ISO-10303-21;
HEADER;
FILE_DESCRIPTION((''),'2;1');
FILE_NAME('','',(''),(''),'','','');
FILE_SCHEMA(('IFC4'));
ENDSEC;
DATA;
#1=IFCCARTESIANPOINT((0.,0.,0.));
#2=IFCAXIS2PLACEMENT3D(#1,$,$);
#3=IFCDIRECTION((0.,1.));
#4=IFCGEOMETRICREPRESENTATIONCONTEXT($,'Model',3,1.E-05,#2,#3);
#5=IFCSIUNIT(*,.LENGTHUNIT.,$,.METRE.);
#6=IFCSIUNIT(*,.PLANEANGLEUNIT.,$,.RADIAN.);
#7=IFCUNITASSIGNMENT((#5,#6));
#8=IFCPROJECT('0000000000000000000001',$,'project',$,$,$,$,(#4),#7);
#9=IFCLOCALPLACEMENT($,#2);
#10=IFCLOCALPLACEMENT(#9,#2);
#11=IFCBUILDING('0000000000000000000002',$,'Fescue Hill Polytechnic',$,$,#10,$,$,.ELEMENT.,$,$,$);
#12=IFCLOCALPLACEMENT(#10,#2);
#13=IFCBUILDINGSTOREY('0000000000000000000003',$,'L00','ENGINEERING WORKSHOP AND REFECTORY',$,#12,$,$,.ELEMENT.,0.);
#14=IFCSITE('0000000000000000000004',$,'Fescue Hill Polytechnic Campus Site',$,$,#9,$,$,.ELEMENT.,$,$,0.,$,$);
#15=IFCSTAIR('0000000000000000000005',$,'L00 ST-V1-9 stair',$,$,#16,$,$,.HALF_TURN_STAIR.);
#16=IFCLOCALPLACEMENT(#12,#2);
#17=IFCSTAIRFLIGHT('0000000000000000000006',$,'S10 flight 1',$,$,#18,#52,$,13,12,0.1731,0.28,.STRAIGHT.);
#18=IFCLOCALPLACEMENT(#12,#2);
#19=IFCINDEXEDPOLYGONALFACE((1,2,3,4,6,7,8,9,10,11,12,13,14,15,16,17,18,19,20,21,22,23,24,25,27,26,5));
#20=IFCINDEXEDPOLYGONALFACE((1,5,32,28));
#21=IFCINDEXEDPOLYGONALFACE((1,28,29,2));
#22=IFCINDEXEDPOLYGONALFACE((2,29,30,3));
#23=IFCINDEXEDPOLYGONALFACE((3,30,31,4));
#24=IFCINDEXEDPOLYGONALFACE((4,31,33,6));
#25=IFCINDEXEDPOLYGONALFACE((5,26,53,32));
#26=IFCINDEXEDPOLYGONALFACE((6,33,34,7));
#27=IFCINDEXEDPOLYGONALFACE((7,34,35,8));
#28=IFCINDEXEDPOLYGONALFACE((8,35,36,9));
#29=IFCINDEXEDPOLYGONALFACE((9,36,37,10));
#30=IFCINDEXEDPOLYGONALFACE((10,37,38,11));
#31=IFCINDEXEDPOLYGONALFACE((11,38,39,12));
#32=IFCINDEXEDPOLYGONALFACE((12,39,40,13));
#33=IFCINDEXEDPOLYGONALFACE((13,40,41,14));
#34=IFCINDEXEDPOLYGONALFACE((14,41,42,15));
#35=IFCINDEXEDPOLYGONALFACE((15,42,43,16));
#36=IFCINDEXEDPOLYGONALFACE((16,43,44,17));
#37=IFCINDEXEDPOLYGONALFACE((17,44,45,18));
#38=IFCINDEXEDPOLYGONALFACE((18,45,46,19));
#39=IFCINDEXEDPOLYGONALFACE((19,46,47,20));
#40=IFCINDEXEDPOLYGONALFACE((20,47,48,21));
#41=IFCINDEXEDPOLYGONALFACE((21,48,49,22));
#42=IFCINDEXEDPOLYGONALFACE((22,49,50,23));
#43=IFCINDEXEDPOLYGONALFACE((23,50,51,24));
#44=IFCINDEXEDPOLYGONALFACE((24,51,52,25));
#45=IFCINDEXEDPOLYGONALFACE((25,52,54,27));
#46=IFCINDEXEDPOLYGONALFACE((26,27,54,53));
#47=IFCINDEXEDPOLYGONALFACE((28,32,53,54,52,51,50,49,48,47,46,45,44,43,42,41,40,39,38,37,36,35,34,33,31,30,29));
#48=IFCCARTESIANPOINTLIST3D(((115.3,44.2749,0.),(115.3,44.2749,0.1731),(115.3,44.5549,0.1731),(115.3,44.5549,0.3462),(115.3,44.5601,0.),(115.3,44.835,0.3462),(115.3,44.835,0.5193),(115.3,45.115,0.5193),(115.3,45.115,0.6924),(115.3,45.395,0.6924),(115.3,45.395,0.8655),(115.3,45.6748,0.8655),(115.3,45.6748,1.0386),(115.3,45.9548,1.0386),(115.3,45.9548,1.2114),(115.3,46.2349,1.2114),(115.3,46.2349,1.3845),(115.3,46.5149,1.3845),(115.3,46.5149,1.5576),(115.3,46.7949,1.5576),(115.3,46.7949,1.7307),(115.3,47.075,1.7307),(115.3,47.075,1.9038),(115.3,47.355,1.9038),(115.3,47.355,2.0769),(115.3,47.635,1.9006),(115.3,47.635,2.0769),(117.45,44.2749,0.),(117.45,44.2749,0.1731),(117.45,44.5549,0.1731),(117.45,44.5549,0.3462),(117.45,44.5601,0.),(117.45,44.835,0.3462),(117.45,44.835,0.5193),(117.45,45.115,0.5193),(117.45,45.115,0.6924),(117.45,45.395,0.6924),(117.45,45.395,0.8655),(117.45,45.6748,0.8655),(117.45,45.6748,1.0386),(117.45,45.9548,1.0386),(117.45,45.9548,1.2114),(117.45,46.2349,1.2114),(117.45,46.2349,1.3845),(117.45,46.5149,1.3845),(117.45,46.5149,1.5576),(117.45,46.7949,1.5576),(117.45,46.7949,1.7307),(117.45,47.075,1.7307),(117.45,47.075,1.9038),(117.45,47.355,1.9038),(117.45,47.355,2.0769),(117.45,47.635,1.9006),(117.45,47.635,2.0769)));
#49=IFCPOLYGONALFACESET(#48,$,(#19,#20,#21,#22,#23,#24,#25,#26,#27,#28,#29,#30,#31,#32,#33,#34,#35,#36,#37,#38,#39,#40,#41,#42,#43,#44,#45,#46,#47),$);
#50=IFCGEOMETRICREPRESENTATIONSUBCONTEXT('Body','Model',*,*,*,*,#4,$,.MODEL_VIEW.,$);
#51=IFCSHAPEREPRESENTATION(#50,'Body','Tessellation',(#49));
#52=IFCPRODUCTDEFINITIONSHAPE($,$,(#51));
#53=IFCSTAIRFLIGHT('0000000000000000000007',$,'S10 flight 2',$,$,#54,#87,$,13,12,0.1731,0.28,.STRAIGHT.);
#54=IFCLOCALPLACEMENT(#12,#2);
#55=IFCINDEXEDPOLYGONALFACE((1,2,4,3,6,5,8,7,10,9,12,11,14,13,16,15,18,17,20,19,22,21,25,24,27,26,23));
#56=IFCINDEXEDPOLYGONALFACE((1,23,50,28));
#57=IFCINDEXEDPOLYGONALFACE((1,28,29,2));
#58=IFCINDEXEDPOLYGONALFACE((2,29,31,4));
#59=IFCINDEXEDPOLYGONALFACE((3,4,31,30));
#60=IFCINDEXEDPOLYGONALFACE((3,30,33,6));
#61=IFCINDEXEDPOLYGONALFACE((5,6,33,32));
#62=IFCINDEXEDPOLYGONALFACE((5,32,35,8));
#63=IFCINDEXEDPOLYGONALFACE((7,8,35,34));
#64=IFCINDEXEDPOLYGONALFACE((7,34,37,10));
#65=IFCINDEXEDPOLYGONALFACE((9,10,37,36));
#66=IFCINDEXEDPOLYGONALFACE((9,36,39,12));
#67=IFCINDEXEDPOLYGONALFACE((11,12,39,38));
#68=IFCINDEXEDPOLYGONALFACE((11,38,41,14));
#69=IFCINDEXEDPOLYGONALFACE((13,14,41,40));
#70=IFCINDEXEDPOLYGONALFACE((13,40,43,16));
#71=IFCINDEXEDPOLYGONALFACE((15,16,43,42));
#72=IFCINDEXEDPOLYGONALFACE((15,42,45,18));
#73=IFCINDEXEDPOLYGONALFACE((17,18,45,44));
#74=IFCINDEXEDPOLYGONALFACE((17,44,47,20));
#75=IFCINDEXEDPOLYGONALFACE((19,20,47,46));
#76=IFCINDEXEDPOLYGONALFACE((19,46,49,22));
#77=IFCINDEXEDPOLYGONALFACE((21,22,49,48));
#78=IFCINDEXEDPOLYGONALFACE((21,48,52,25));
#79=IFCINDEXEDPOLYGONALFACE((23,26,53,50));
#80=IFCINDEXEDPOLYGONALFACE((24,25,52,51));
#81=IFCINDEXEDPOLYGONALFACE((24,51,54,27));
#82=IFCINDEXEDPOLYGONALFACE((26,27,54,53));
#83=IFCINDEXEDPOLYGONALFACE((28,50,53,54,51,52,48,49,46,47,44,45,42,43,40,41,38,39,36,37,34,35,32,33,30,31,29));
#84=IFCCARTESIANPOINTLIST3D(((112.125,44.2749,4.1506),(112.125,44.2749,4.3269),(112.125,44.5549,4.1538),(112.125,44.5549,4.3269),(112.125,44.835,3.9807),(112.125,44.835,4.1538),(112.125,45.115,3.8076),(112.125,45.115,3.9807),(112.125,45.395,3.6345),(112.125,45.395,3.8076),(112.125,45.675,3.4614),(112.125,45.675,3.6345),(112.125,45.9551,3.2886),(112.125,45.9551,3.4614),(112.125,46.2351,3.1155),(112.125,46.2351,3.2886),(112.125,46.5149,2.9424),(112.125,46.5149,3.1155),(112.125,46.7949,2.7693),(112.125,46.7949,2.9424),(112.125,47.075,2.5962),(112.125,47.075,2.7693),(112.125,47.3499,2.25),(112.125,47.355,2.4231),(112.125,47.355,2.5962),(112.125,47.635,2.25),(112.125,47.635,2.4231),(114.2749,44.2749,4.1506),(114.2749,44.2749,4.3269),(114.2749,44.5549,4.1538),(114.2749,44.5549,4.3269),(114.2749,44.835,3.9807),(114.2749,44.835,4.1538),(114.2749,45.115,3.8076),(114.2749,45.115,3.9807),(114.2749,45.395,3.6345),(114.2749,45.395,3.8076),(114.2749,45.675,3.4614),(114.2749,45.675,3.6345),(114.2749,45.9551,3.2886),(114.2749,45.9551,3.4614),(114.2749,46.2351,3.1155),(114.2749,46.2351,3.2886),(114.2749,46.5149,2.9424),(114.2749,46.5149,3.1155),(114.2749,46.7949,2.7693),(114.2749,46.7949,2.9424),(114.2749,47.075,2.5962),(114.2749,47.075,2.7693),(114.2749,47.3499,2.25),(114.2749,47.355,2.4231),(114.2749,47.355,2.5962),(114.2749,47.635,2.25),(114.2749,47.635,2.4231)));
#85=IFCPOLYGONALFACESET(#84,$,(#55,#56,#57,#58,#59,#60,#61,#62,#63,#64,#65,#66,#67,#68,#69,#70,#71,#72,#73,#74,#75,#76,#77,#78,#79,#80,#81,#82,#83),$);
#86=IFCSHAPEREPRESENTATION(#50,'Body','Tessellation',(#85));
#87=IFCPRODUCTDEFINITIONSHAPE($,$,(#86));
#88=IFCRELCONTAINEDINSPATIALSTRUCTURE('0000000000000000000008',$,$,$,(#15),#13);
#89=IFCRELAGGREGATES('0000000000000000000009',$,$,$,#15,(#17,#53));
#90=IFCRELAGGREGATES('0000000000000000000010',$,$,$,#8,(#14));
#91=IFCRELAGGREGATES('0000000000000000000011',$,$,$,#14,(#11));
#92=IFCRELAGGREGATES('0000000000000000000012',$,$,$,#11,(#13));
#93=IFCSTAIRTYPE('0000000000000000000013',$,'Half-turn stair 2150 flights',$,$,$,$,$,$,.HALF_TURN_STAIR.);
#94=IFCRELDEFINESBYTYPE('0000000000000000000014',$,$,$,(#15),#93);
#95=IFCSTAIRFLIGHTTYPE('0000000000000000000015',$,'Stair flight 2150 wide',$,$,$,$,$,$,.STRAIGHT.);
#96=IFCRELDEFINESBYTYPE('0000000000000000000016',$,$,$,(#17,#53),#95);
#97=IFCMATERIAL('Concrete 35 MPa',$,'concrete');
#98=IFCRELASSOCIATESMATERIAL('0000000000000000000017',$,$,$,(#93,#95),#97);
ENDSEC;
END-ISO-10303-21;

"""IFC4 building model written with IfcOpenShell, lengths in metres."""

from ifc_helpers import new_model, si_unit, direction, frame, origin, place, context, subcontext, project, spatial, polyline, outline, extrude, material, type_object, element, aggregate, save


model = new_model("IFC4")

# Units and contexts
model_context = context("Model", 3, precision=1e-05, world=origin(), true_north=direction((0.0, 1.0)))
body_context = subcontext(model_context, "Body", "Model", "MODEL_VIEW")
ifc_project = project(units=[si_unit("LENGTHUNIT", "METRE"), si_unit("PLANEANGLEUNIT", "RADIAN")], contexts=[model_context])

# Site, building, storey
site_placement = place(None, origin())
site = spatial("IfcSite", under=ifc_project, at=site_placement, Name="Fescue Hill Polytechnic Campus Site", CompositionType="ELEMENT", RefElevation=0.0)
building_placement = place(site_placement, origin())
building = spatial("IfcBuilding", under=site, at=building_placement, Name="Fescue Hill Polytechnic", CompositionType="ELEMENT")
storey_placement = place(building_placement, origin())
storey = spatial("IfcBuildingStorey", under=building, at=storey_placement, Name="L00", Description="ENGINEERING WORKSHOP AND REFECTORY", CompositionType="ELEMENT", Elevation=0.0)

# Stair, stair flights
ifc_material_1 = material(Name="Concrete 35 MPa", Category="concrete")
stair_type = type_object("IfcStairType", Name="Half-turn stair 2150 flights", PredefinedType="HALF_TURN_STAIR", material=ifc_material_1)
stair_flight_type = type_object("IfcStairFlightType", Name="Stair flight 2150 wide", PredefinedType="STRAIGHT", material=ifc_material_1)
stair_1_placement = place(storey_placement, origin())
stair_1 = element("IfcStair", 1, at=stair_1_placement, inside=storey, type_object=stair_type, Name="L00 ST-V1-9 stair", PredefinedType="HALF_TURN_STAIR")
stair_flight_1_placement = place(storey_placement, frame((116.375, 44.2749, 0.0), z_axis=(0.0, 0.0, 1.0), x_axis=(0.0, 1.0, 0.0)))
stair_flight_1 = element("IfcStairFlight", 2, at=stair_flight_1_placement, type_object=stair_flight_type, Name="S10 flight 1", NumberOfRisers=13, NumberOfTreads=12, PredefinedType="STRAIGHT", RiserHeight=0.1731, TreadLength=0.28, context=body_context, shape_type="SweptSolid", body=[
    extrude(outline(polyline([(0.0, 0.0), (0.0, 0.1731), (0.28, 0.1731), (0.28, 0.3462), (0.5601, 0.3462), (0.5601, 0.5193), (0.8401, 0.5193), (0.8401, 0.6924), (1.1201, 0.6924), (1.1201, 0.8655), (1.3999, 0.8655), (1.3999, 1.0386), (1.6799, 1.0386), (1.6799, 1.2114), (1.96, 1.2114), (1.96, 1.3845), (2.24, 1.3845), (2.24, 1.5576), (2.52, 1.5576), (2.52, 1.7307), (2.8, 1.7307), (2.8, 1.9038), (3.0801, 1.9038), (3.0801, 2.0769), (3.3601, 2.0769), (3.3601, 2.25), (3.3601, 1.9006), (0.2852, 0.0), (0.0, 0.0)])), frame((0.0, 1.075, 0.0), z_axis=(0.0, -1.0, 0.0), x_axis=(1.0, 0.0, 0.0)), (0.0, 0.0, 1.0), 2.1499),
])
stair_flight_2_placement = place(storey_placement, frame((113.2, 47.635, 2.25), z_axis=(0.0, 0.0, 1.0), x_axis=(0.0, -1.0, 0.0)))
stair_flight_2 = element("IfcStairFlight", 3, at=stair_flight_2_placement, type_object=stair_flight_type, Name="S10 flight 2", NumberOfRisers=13, NumberOfTreads=12, PredefinedType="STRAIGHT", RiserHeight=0.1731, TreadLength=0.28, context=body_context, shape_type="SweptSolid", body=[
    extrude(outline(polyline([(0.0, 0.0), (0.0, 0.1731), (0.28, 0.1731), (0.28, 0.3462), (0.5601, 0.3462), (0.5601, 0.5193), (0.8401, 0.5193), (0.8401, 0.6924), (1.1201, 0.6924), (1.1201, 0.8655), (1.3999, 0.8655), (1.3999, 1.0386), (1.6799, 1.0386), (1.6799, 1.2114), (1.96, 1.2114), (1.96, 1.3845), (2.24, 1.3845), (2.24, 1.5576), (2.52, 1.5576), (2.52, 1.7307), (2.8, 1.7307), (2.8, 1.9038), (3.0801, 1.9038), (3.0801, 2.0769), (3.3601, 2.0769), (3.3601, 2.25), (3.3601, 1.9006), (0.2852, 0.0), (0.0, 0.0)])), frame((0.0, 1.075, 0.0), z_axis=(0.0, -1.0, 0.0), x_axis=(1.0, 0.0, 0.0)), (0.0, 0.0, 1.0), 2.1499),
])
aggregate(stair_1, [stair_flight_1, stair_flight_2])

save(model, "model.ifc")
